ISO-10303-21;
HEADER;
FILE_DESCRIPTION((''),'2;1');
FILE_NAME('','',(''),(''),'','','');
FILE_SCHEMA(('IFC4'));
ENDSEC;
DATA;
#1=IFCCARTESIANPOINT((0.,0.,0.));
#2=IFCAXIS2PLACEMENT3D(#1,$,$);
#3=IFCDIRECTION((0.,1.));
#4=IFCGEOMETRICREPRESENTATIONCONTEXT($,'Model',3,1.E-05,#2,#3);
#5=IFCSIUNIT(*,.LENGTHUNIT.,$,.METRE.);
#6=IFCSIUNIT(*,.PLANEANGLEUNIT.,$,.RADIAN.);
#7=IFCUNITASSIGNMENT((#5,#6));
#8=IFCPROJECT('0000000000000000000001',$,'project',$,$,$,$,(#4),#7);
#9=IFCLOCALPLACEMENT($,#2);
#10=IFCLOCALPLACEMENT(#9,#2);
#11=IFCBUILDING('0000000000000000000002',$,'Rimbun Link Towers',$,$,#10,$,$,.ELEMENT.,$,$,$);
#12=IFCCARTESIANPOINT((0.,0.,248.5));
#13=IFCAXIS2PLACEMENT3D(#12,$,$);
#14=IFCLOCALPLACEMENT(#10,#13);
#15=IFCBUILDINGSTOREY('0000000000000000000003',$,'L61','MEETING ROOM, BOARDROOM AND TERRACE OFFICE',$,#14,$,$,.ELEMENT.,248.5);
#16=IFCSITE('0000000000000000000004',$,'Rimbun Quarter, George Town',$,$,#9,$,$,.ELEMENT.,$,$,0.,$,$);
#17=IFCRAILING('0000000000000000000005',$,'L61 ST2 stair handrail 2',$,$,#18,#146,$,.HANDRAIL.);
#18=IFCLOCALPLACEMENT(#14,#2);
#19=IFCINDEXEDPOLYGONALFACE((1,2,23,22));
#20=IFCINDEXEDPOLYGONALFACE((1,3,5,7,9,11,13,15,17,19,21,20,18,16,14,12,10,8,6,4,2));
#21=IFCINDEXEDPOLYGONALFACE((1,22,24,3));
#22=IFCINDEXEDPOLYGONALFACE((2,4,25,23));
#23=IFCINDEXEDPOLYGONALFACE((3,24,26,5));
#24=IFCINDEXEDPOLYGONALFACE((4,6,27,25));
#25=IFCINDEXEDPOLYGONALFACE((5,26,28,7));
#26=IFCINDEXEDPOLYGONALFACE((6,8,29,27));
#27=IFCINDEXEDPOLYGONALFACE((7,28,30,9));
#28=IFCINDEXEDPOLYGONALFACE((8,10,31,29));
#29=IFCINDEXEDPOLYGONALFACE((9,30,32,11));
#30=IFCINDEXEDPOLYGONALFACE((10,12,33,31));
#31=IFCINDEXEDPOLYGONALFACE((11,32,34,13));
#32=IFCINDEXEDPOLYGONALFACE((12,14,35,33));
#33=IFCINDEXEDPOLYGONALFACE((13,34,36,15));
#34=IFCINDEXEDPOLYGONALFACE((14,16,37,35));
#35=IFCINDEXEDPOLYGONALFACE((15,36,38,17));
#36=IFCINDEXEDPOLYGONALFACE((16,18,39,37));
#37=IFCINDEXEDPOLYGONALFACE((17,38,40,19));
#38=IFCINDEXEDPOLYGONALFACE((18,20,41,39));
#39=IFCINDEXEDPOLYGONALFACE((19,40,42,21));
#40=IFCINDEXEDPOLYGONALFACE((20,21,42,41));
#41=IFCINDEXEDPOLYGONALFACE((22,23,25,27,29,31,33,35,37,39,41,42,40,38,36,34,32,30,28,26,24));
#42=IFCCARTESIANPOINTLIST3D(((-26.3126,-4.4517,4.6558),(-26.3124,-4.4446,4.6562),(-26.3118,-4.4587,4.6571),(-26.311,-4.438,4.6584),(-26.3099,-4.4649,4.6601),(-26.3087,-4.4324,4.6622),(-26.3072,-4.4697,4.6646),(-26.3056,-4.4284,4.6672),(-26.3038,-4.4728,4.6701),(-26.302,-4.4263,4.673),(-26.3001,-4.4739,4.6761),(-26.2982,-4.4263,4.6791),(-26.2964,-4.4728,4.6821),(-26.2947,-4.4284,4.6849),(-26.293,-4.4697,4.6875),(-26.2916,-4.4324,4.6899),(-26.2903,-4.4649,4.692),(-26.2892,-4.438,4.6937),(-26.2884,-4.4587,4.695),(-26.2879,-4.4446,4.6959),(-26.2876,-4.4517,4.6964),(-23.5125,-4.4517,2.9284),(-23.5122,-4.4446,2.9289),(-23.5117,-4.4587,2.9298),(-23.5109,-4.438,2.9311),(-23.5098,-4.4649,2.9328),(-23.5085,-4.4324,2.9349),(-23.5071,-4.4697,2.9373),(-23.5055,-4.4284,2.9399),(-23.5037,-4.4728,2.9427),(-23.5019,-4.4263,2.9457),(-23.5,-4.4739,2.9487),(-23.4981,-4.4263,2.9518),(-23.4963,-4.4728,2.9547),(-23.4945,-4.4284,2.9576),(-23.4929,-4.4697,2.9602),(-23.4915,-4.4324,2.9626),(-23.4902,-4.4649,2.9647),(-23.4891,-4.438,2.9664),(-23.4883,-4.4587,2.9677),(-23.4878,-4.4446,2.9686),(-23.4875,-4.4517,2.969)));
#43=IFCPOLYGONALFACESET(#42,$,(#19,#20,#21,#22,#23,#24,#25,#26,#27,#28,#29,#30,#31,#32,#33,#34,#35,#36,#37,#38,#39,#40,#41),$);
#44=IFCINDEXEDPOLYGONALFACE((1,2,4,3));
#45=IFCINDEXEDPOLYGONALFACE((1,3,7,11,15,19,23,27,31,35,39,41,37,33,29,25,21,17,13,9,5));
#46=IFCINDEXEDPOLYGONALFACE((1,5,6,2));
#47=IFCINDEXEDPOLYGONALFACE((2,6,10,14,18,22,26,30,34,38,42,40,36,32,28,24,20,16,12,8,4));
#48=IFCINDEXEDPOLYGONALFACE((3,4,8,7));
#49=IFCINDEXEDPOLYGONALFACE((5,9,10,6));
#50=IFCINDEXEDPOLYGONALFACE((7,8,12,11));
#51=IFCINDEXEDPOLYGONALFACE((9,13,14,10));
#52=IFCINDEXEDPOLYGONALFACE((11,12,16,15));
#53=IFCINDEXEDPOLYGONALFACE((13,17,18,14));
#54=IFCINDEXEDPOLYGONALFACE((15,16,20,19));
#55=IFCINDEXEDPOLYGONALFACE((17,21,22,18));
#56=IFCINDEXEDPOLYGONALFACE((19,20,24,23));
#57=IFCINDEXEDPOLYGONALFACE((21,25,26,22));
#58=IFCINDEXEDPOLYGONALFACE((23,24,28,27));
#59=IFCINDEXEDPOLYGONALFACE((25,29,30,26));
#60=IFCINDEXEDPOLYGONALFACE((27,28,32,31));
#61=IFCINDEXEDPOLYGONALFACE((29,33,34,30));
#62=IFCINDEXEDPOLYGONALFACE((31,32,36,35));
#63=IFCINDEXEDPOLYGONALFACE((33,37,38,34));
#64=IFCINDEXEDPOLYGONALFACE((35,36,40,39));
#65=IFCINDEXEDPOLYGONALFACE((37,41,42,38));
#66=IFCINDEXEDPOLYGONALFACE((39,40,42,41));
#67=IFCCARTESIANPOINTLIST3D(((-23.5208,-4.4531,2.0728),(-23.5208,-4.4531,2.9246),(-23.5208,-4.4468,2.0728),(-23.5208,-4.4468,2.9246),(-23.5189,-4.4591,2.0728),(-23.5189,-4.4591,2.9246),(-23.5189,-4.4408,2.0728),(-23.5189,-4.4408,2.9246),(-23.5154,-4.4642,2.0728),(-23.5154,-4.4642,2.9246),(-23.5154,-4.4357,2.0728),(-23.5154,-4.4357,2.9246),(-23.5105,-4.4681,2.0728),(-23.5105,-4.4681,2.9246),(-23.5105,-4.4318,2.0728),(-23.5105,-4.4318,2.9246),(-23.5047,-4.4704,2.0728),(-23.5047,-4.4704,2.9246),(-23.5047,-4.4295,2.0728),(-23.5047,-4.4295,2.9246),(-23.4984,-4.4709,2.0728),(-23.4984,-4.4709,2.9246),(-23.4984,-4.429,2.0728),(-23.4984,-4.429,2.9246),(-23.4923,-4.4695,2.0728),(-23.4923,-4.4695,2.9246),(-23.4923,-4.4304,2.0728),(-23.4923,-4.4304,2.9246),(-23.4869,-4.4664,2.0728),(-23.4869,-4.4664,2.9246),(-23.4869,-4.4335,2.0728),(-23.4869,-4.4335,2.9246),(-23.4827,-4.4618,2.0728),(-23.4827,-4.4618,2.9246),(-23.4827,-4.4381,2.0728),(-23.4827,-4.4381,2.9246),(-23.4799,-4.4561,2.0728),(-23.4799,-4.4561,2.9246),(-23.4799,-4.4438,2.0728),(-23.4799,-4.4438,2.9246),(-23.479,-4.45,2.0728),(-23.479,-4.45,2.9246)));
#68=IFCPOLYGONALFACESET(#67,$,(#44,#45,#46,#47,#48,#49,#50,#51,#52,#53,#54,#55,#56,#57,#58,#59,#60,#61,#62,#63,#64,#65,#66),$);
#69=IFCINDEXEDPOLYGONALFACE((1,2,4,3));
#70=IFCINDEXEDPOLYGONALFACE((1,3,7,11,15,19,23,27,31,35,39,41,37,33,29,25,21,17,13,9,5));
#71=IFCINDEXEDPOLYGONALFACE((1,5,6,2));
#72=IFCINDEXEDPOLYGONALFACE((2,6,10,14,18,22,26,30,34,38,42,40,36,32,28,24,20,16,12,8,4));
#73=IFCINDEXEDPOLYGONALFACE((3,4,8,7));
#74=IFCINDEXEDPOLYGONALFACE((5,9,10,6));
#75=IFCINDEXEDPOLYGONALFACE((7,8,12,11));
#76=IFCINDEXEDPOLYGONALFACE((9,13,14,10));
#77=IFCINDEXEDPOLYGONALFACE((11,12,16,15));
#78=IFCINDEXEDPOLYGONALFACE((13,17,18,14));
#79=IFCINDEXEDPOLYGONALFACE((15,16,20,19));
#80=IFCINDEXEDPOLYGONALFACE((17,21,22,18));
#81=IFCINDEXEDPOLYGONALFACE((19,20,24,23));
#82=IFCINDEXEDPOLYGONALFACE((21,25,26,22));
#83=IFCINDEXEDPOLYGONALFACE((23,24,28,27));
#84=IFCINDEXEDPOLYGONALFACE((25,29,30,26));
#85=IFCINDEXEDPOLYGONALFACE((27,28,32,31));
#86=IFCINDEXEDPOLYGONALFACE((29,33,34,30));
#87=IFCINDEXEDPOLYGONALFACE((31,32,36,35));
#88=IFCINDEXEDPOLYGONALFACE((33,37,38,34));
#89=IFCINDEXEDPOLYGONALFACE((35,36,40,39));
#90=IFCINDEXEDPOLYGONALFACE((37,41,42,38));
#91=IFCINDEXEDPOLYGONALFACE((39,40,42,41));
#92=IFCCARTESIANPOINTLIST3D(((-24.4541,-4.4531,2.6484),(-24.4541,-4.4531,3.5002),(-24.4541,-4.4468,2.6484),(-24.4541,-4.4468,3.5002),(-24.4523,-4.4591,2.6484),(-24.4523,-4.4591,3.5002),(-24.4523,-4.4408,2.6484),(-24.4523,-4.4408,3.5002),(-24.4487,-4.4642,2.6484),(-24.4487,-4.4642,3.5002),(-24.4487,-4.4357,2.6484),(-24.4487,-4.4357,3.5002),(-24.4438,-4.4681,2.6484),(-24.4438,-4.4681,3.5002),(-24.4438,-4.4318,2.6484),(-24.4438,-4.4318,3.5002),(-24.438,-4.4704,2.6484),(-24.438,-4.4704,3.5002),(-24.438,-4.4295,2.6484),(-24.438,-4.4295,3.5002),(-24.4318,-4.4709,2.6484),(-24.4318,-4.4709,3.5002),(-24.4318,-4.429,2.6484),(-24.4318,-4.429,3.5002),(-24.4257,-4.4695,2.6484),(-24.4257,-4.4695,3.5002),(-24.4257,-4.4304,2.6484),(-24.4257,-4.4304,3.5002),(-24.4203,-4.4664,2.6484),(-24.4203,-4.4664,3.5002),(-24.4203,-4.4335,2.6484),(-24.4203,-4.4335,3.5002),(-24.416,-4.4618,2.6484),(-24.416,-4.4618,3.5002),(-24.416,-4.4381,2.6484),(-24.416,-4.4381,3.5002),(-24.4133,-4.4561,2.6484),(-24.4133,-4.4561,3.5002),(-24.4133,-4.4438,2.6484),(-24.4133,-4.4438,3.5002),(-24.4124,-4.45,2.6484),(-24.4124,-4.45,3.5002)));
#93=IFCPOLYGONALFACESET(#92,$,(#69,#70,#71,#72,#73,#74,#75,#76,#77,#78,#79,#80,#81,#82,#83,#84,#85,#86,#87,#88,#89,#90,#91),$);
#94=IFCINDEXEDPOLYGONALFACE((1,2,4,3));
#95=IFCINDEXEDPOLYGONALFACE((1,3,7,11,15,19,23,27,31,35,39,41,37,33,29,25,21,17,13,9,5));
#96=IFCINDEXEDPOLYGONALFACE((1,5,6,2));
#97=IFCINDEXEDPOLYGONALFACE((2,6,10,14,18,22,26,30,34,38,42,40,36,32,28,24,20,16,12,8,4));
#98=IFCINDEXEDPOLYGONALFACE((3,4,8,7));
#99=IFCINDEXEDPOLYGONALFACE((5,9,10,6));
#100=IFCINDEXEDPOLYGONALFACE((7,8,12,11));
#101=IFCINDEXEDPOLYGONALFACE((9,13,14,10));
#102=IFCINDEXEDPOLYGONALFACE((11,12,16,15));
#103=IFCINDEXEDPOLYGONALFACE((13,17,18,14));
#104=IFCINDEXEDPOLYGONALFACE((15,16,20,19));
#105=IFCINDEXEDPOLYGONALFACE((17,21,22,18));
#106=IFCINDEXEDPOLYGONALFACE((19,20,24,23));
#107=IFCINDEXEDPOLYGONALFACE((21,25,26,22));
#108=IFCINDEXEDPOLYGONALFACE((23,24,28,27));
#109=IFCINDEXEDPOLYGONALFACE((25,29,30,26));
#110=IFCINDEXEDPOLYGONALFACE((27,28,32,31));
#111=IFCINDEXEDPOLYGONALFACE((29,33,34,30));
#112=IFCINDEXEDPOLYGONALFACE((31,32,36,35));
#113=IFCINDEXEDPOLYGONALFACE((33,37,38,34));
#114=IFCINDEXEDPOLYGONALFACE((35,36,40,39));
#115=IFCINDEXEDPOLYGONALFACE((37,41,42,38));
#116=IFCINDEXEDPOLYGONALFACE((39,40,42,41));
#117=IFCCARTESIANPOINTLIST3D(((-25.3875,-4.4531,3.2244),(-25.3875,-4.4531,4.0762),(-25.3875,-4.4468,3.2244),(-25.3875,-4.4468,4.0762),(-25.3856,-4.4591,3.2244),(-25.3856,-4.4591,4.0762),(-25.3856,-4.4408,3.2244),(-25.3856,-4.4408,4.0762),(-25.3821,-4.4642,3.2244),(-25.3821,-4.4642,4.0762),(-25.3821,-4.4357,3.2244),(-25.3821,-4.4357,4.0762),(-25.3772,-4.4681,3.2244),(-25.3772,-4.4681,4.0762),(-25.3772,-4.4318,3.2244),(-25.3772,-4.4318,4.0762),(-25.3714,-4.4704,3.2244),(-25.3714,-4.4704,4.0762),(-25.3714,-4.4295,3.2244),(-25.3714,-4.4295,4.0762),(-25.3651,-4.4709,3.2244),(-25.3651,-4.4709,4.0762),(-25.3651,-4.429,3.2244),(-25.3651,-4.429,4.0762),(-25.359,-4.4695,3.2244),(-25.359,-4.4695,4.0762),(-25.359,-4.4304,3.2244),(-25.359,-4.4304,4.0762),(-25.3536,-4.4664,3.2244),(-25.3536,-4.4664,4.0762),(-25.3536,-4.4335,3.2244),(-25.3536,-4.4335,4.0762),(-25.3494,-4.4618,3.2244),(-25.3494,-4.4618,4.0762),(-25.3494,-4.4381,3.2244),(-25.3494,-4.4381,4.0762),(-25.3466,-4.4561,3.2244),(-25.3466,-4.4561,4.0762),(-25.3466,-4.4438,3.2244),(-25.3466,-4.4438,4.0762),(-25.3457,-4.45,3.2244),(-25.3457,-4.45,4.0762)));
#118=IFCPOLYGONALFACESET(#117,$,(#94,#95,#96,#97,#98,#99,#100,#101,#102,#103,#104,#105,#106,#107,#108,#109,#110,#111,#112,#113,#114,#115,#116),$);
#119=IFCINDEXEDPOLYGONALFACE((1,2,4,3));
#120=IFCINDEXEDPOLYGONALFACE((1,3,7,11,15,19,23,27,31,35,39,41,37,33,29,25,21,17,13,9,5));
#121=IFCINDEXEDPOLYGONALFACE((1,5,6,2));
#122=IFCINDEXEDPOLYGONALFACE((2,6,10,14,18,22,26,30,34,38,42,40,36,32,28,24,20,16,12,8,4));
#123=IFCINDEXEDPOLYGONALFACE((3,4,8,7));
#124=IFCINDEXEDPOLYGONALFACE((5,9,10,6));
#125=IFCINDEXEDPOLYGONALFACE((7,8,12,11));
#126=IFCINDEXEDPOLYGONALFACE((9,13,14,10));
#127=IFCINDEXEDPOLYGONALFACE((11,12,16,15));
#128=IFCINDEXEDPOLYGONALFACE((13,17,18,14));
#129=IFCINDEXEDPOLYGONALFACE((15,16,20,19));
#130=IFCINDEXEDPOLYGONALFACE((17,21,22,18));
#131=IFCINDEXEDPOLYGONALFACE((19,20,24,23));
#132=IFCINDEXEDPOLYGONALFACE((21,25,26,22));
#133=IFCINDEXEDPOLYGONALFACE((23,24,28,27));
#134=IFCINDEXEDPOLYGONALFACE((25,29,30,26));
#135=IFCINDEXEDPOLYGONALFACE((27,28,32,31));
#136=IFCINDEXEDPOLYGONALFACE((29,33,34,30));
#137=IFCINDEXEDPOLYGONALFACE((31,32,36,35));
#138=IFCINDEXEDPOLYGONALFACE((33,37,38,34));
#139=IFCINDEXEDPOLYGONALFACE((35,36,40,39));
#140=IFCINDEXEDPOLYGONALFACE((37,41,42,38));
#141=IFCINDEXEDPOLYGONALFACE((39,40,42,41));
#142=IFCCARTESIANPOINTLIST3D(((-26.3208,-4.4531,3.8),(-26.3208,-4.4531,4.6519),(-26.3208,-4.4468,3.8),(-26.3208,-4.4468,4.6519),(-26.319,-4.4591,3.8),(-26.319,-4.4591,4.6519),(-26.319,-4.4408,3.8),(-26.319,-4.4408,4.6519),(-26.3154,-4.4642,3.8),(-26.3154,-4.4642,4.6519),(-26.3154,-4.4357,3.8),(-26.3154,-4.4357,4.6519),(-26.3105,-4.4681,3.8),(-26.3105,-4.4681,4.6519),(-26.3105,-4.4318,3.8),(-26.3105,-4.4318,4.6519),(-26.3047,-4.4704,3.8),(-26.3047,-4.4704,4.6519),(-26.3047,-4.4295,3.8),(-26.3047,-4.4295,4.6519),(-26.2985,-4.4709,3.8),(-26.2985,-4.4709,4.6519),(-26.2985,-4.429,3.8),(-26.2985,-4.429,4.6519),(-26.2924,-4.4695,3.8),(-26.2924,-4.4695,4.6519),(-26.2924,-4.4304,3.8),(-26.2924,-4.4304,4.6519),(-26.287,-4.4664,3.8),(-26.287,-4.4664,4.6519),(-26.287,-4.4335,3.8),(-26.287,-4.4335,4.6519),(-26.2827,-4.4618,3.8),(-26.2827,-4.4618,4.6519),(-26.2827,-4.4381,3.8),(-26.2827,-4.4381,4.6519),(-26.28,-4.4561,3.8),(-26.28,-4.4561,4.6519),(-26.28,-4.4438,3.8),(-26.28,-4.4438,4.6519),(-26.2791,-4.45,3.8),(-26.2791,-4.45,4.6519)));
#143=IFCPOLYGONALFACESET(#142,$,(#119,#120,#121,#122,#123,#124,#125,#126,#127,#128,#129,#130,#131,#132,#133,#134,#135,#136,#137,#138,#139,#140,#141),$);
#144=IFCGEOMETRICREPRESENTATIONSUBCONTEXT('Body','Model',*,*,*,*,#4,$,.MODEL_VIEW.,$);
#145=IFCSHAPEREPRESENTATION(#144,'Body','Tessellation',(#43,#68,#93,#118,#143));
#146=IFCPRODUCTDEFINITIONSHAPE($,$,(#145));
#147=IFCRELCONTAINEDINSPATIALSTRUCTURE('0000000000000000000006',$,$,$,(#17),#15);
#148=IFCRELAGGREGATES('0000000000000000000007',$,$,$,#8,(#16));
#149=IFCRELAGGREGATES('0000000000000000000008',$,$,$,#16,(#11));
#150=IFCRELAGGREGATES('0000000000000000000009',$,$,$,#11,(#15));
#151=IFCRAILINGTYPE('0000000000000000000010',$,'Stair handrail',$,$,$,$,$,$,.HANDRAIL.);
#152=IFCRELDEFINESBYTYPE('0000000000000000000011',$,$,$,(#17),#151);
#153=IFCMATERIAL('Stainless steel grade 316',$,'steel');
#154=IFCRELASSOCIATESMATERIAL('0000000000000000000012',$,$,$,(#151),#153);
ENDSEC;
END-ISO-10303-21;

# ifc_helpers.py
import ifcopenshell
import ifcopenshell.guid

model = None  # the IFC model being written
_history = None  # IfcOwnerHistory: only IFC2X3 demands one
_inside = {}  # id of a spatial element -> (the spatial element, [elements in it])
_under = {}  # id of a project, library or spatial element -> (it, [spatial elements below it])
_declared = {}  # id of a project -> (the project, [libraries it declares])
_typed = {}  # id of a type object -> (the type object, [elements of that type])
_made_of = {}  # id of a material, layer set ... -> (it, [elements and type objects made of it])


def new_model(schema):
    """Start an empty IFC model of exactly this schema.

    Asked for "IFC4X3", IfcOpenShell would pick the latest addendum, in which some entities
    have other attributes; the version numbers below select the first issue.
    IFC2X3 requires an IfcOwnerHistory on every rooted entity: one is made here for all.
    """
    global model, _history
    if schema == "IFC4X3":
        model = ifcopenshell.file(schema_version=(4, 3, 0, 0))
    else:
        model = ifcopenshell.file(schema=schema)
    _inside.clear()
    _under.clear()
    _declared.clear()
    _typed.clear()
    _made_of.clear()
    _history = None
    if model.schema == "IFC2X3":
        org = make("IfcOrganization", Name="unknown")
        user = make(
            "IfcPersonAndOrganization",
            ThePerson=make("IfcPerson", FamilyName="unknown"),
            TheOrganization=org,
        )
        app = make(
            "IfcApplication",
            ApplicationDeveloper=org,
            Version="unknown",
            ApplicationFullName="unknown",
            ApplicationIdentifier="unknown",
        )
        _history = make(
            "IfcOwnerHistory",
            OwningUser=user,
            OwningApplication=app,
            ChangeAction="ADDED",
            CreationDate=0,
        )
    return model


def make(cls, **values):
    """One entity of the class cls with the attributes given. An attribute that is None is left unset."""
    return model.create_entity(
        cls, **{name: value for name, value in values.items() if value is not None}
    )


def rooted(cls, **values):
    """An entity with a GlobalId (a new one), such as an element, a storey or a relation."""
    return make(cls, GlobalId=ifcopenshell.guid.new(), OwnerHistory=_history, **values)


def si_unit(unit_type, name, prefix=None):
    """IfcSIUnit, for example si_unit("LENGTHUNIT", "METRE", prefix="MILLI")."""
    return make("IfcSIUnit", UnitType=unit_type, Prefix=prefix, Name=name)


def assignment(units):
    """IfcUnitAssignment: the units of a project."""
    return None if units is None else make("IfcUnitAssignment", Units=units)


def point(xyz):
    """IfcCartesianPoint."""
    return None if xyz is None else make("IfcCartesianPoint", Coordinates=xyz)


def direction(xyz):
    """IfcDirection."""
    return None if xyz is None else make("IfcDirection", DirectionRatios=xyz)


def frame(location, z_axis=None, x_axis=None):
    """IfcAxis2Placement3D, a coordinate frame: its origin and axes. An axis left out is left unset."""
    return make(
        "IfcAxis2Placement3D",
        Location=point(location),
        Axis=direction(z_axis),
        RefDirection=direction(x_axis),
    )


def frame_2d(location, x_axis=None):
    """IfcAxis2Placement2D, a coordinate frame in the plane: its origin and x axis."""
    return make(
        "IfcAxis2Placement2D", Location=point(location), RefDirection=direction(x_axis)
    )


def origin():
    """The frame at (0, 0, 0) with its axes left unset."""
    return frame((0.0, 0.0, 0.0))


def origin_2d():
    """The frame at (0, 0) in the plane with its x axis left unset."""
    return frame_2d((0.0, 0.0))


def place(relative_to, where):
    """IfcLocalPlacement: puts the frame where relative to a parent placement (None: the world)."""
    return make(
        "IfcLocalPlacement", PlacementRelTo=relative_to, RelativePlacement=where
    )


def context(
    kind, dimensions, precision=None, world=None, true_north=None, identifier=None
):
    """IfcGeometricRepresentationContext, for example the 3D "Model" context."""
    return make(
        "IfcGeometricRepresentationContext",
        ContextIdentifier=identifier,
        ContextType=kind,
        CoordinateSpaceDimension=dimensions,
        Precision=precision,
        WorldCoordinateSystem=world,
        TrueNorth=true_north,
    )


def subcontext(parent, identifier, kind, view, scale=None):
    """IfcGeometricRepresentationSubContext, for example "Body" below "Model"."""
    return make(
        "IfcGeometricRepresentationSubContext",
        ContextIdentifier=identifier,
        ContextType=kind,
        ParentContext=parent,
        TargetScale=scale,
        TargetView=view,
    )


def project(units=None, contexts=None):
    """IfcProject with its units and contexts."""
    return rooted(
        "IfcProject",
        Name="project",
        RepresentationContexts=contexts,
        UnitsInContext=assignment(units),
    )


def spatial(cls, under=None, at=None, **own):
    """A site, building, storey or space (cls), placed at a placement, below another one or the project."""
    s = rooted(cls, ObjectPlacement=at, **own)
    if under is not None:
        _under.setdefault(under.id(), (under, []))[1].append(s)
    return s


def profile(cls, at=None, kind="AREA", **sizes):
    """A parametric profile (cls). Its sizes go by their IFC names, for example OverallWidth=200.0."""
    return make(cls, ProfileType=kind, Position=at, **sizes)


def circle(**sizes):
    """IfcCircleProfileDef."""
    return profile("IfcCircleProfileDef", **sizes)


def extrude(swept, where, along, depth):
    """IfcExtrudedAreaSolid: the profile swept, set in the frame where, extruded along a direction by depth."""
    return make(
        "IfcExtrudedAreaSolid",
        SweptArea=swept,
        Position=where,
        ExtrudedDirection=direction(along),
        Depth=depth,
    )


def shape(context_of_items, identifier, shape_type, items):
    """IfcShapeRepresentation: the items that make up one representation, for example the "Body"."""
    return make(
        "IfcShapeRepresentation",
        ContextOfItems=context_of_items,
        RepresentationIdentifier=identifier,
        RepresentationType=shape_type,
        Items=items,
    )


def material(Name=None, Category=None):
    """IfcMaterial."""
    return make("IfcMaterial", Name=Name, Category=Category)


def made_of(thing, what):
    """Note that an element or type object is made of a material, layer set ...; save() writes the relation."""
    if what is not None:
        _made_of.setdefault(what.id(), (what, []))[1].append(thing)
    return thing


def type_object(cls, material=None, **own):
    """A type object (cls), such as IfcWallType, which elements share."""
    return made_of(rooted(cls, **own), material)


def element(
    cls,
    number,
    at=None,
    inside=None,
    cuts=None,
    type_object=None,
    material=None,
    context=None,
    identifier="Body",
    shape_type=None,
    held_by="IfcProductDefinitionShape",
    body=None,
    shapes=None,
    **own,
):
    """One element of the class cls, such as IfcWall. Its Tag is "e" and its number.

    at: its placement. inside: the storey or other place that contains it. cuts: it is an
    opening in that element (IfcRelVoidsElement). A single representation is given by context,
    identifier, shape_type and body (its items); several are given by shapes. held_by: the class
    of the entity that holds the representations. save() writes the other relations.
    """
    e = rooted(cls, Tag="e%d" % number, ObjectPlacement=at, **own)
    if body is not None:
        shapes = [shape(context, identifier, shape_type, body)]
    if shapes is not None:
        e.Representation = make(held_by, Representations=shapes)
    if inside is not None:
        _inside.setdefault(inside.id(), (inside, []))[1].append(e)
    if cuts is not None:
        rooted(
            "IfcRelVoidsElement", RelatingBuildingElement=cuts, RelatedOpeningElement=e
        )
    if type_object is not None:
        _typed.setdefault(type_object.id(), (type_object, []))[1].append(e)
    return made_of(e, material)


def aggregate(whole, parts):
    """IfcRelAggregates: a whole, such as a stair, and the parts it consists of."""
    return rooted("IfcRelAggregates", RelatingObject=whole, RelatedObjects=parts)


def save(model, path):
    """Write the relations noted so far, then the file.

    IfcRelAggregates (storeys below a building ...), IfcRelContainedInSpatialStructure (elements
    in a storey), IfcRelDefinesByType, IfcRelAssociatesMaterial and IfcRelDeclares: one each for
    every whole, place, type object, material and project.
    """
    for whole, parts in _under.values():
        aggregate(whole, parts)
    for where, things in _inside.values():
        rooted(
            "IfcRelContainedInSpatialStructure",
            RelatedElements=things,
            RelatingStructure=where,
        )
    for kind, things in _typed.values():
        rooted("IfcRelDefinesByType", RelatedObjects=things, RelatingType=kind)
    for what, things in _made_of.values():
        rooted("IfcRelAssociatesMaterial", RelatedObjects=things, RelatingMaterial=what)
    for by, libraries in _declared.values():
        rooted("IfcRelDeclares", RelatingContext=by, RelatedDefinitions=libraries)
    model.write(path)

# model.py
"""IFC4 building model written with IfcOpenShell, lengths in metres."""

from ifc_helpers import new_model, si_unit, direction, frame, origin, origin_2d, place, context, subcontext, project, spatial, circle, extrude, material, type_object, element, save


model = new_model("IFC4")

# Units and contexts
model_context = context("Model", 3, precision=1e-05, world=origin(), true_north=direction((0.0, 1.0)))
body_context = subcontext(model_context, "Body", "Model", "MODEL_VIEW")
ifc_project = project(units=[si_unit("LENGTHUNIT", "METRE"), si_unit("PLANEANGLEUNIT", "RADIAN")], contexts=[model_context])

# Site, building, storey
site_placement = place(None, origin())
site = spatial("IfcSite", under=ifc_project, at=site_placement, Name="Rimbun Quarter, George Town", CompositionType="ELEMENT", RefElevation=0.0)
building_placement = place(site_placement, origin())
building = spatial("IfcBuilding", under=site, at=building_placement, Name="Rimbun Link Towers", CompositionType="ELEMENT")
storey_placement = place(building_placement, frame((0.0, 0.0, 248.5)))
storey = spatial("IfcBuildingStorey", under=building, at=storey_placement, Name="L61", Description="MEETING ROOM, BOARDROOM AND TERRACE OFFICE", CompositionType="ELEMENT", Elevation=248.5)

# Railing
ifc_material_1 = material(Name="Stainless steel grade 316", Category="steel")
railing_type_1 = type_object("IfcRailingType", Name="Stair handrail", PredefinedType="HANDRAIL", material=ifc_material_1)
railing_1_placement = place(storey_placement, frame((-23.5, -4.45, 2.0728)))
element("IfcRailing", 1, at=railing_1_placement, inside=storey, type_object=railing_type_1, Name="L61 ST2 stair handrail 2", PredefinedType="HANDRAIL", context=body_context, shape_type="SweptSolid", body=[
    extrude(circle(Radius=0.0239, at=origin_2d()), frame((0.0, 0.0, 0.876), z_axis=(-0.85109, 0.0, 0.52502), x_axis=(0.0, -1.0, 0.0)), (0.0, 0.0, 1.0), 3.29),
    extrude(circle(Radius=0.021, at=origin_2d()), origin(), (0.0, 0.0, 1.0), 0.8518),
    extrude(circle(Radius=0.021, at=origin_2d()), frame((-0.9333, 0.0, 0.5757)), (0.0, 0.0, 1.0), 0.8518),
    extrude(circle(Radius=0.021, at=origin_2d()), frame((-1.8667, 0.0, 1.1516)), (0.0, 0.0, 1.0), 0.8518),
    extrude(circle(Radius=0.021, at=origin_2d()), frame((-2.8, 0.0, 1.7273)), (0.0, 0.0, 1.0), 0.8518),
])

save(model, "model.ifc")
